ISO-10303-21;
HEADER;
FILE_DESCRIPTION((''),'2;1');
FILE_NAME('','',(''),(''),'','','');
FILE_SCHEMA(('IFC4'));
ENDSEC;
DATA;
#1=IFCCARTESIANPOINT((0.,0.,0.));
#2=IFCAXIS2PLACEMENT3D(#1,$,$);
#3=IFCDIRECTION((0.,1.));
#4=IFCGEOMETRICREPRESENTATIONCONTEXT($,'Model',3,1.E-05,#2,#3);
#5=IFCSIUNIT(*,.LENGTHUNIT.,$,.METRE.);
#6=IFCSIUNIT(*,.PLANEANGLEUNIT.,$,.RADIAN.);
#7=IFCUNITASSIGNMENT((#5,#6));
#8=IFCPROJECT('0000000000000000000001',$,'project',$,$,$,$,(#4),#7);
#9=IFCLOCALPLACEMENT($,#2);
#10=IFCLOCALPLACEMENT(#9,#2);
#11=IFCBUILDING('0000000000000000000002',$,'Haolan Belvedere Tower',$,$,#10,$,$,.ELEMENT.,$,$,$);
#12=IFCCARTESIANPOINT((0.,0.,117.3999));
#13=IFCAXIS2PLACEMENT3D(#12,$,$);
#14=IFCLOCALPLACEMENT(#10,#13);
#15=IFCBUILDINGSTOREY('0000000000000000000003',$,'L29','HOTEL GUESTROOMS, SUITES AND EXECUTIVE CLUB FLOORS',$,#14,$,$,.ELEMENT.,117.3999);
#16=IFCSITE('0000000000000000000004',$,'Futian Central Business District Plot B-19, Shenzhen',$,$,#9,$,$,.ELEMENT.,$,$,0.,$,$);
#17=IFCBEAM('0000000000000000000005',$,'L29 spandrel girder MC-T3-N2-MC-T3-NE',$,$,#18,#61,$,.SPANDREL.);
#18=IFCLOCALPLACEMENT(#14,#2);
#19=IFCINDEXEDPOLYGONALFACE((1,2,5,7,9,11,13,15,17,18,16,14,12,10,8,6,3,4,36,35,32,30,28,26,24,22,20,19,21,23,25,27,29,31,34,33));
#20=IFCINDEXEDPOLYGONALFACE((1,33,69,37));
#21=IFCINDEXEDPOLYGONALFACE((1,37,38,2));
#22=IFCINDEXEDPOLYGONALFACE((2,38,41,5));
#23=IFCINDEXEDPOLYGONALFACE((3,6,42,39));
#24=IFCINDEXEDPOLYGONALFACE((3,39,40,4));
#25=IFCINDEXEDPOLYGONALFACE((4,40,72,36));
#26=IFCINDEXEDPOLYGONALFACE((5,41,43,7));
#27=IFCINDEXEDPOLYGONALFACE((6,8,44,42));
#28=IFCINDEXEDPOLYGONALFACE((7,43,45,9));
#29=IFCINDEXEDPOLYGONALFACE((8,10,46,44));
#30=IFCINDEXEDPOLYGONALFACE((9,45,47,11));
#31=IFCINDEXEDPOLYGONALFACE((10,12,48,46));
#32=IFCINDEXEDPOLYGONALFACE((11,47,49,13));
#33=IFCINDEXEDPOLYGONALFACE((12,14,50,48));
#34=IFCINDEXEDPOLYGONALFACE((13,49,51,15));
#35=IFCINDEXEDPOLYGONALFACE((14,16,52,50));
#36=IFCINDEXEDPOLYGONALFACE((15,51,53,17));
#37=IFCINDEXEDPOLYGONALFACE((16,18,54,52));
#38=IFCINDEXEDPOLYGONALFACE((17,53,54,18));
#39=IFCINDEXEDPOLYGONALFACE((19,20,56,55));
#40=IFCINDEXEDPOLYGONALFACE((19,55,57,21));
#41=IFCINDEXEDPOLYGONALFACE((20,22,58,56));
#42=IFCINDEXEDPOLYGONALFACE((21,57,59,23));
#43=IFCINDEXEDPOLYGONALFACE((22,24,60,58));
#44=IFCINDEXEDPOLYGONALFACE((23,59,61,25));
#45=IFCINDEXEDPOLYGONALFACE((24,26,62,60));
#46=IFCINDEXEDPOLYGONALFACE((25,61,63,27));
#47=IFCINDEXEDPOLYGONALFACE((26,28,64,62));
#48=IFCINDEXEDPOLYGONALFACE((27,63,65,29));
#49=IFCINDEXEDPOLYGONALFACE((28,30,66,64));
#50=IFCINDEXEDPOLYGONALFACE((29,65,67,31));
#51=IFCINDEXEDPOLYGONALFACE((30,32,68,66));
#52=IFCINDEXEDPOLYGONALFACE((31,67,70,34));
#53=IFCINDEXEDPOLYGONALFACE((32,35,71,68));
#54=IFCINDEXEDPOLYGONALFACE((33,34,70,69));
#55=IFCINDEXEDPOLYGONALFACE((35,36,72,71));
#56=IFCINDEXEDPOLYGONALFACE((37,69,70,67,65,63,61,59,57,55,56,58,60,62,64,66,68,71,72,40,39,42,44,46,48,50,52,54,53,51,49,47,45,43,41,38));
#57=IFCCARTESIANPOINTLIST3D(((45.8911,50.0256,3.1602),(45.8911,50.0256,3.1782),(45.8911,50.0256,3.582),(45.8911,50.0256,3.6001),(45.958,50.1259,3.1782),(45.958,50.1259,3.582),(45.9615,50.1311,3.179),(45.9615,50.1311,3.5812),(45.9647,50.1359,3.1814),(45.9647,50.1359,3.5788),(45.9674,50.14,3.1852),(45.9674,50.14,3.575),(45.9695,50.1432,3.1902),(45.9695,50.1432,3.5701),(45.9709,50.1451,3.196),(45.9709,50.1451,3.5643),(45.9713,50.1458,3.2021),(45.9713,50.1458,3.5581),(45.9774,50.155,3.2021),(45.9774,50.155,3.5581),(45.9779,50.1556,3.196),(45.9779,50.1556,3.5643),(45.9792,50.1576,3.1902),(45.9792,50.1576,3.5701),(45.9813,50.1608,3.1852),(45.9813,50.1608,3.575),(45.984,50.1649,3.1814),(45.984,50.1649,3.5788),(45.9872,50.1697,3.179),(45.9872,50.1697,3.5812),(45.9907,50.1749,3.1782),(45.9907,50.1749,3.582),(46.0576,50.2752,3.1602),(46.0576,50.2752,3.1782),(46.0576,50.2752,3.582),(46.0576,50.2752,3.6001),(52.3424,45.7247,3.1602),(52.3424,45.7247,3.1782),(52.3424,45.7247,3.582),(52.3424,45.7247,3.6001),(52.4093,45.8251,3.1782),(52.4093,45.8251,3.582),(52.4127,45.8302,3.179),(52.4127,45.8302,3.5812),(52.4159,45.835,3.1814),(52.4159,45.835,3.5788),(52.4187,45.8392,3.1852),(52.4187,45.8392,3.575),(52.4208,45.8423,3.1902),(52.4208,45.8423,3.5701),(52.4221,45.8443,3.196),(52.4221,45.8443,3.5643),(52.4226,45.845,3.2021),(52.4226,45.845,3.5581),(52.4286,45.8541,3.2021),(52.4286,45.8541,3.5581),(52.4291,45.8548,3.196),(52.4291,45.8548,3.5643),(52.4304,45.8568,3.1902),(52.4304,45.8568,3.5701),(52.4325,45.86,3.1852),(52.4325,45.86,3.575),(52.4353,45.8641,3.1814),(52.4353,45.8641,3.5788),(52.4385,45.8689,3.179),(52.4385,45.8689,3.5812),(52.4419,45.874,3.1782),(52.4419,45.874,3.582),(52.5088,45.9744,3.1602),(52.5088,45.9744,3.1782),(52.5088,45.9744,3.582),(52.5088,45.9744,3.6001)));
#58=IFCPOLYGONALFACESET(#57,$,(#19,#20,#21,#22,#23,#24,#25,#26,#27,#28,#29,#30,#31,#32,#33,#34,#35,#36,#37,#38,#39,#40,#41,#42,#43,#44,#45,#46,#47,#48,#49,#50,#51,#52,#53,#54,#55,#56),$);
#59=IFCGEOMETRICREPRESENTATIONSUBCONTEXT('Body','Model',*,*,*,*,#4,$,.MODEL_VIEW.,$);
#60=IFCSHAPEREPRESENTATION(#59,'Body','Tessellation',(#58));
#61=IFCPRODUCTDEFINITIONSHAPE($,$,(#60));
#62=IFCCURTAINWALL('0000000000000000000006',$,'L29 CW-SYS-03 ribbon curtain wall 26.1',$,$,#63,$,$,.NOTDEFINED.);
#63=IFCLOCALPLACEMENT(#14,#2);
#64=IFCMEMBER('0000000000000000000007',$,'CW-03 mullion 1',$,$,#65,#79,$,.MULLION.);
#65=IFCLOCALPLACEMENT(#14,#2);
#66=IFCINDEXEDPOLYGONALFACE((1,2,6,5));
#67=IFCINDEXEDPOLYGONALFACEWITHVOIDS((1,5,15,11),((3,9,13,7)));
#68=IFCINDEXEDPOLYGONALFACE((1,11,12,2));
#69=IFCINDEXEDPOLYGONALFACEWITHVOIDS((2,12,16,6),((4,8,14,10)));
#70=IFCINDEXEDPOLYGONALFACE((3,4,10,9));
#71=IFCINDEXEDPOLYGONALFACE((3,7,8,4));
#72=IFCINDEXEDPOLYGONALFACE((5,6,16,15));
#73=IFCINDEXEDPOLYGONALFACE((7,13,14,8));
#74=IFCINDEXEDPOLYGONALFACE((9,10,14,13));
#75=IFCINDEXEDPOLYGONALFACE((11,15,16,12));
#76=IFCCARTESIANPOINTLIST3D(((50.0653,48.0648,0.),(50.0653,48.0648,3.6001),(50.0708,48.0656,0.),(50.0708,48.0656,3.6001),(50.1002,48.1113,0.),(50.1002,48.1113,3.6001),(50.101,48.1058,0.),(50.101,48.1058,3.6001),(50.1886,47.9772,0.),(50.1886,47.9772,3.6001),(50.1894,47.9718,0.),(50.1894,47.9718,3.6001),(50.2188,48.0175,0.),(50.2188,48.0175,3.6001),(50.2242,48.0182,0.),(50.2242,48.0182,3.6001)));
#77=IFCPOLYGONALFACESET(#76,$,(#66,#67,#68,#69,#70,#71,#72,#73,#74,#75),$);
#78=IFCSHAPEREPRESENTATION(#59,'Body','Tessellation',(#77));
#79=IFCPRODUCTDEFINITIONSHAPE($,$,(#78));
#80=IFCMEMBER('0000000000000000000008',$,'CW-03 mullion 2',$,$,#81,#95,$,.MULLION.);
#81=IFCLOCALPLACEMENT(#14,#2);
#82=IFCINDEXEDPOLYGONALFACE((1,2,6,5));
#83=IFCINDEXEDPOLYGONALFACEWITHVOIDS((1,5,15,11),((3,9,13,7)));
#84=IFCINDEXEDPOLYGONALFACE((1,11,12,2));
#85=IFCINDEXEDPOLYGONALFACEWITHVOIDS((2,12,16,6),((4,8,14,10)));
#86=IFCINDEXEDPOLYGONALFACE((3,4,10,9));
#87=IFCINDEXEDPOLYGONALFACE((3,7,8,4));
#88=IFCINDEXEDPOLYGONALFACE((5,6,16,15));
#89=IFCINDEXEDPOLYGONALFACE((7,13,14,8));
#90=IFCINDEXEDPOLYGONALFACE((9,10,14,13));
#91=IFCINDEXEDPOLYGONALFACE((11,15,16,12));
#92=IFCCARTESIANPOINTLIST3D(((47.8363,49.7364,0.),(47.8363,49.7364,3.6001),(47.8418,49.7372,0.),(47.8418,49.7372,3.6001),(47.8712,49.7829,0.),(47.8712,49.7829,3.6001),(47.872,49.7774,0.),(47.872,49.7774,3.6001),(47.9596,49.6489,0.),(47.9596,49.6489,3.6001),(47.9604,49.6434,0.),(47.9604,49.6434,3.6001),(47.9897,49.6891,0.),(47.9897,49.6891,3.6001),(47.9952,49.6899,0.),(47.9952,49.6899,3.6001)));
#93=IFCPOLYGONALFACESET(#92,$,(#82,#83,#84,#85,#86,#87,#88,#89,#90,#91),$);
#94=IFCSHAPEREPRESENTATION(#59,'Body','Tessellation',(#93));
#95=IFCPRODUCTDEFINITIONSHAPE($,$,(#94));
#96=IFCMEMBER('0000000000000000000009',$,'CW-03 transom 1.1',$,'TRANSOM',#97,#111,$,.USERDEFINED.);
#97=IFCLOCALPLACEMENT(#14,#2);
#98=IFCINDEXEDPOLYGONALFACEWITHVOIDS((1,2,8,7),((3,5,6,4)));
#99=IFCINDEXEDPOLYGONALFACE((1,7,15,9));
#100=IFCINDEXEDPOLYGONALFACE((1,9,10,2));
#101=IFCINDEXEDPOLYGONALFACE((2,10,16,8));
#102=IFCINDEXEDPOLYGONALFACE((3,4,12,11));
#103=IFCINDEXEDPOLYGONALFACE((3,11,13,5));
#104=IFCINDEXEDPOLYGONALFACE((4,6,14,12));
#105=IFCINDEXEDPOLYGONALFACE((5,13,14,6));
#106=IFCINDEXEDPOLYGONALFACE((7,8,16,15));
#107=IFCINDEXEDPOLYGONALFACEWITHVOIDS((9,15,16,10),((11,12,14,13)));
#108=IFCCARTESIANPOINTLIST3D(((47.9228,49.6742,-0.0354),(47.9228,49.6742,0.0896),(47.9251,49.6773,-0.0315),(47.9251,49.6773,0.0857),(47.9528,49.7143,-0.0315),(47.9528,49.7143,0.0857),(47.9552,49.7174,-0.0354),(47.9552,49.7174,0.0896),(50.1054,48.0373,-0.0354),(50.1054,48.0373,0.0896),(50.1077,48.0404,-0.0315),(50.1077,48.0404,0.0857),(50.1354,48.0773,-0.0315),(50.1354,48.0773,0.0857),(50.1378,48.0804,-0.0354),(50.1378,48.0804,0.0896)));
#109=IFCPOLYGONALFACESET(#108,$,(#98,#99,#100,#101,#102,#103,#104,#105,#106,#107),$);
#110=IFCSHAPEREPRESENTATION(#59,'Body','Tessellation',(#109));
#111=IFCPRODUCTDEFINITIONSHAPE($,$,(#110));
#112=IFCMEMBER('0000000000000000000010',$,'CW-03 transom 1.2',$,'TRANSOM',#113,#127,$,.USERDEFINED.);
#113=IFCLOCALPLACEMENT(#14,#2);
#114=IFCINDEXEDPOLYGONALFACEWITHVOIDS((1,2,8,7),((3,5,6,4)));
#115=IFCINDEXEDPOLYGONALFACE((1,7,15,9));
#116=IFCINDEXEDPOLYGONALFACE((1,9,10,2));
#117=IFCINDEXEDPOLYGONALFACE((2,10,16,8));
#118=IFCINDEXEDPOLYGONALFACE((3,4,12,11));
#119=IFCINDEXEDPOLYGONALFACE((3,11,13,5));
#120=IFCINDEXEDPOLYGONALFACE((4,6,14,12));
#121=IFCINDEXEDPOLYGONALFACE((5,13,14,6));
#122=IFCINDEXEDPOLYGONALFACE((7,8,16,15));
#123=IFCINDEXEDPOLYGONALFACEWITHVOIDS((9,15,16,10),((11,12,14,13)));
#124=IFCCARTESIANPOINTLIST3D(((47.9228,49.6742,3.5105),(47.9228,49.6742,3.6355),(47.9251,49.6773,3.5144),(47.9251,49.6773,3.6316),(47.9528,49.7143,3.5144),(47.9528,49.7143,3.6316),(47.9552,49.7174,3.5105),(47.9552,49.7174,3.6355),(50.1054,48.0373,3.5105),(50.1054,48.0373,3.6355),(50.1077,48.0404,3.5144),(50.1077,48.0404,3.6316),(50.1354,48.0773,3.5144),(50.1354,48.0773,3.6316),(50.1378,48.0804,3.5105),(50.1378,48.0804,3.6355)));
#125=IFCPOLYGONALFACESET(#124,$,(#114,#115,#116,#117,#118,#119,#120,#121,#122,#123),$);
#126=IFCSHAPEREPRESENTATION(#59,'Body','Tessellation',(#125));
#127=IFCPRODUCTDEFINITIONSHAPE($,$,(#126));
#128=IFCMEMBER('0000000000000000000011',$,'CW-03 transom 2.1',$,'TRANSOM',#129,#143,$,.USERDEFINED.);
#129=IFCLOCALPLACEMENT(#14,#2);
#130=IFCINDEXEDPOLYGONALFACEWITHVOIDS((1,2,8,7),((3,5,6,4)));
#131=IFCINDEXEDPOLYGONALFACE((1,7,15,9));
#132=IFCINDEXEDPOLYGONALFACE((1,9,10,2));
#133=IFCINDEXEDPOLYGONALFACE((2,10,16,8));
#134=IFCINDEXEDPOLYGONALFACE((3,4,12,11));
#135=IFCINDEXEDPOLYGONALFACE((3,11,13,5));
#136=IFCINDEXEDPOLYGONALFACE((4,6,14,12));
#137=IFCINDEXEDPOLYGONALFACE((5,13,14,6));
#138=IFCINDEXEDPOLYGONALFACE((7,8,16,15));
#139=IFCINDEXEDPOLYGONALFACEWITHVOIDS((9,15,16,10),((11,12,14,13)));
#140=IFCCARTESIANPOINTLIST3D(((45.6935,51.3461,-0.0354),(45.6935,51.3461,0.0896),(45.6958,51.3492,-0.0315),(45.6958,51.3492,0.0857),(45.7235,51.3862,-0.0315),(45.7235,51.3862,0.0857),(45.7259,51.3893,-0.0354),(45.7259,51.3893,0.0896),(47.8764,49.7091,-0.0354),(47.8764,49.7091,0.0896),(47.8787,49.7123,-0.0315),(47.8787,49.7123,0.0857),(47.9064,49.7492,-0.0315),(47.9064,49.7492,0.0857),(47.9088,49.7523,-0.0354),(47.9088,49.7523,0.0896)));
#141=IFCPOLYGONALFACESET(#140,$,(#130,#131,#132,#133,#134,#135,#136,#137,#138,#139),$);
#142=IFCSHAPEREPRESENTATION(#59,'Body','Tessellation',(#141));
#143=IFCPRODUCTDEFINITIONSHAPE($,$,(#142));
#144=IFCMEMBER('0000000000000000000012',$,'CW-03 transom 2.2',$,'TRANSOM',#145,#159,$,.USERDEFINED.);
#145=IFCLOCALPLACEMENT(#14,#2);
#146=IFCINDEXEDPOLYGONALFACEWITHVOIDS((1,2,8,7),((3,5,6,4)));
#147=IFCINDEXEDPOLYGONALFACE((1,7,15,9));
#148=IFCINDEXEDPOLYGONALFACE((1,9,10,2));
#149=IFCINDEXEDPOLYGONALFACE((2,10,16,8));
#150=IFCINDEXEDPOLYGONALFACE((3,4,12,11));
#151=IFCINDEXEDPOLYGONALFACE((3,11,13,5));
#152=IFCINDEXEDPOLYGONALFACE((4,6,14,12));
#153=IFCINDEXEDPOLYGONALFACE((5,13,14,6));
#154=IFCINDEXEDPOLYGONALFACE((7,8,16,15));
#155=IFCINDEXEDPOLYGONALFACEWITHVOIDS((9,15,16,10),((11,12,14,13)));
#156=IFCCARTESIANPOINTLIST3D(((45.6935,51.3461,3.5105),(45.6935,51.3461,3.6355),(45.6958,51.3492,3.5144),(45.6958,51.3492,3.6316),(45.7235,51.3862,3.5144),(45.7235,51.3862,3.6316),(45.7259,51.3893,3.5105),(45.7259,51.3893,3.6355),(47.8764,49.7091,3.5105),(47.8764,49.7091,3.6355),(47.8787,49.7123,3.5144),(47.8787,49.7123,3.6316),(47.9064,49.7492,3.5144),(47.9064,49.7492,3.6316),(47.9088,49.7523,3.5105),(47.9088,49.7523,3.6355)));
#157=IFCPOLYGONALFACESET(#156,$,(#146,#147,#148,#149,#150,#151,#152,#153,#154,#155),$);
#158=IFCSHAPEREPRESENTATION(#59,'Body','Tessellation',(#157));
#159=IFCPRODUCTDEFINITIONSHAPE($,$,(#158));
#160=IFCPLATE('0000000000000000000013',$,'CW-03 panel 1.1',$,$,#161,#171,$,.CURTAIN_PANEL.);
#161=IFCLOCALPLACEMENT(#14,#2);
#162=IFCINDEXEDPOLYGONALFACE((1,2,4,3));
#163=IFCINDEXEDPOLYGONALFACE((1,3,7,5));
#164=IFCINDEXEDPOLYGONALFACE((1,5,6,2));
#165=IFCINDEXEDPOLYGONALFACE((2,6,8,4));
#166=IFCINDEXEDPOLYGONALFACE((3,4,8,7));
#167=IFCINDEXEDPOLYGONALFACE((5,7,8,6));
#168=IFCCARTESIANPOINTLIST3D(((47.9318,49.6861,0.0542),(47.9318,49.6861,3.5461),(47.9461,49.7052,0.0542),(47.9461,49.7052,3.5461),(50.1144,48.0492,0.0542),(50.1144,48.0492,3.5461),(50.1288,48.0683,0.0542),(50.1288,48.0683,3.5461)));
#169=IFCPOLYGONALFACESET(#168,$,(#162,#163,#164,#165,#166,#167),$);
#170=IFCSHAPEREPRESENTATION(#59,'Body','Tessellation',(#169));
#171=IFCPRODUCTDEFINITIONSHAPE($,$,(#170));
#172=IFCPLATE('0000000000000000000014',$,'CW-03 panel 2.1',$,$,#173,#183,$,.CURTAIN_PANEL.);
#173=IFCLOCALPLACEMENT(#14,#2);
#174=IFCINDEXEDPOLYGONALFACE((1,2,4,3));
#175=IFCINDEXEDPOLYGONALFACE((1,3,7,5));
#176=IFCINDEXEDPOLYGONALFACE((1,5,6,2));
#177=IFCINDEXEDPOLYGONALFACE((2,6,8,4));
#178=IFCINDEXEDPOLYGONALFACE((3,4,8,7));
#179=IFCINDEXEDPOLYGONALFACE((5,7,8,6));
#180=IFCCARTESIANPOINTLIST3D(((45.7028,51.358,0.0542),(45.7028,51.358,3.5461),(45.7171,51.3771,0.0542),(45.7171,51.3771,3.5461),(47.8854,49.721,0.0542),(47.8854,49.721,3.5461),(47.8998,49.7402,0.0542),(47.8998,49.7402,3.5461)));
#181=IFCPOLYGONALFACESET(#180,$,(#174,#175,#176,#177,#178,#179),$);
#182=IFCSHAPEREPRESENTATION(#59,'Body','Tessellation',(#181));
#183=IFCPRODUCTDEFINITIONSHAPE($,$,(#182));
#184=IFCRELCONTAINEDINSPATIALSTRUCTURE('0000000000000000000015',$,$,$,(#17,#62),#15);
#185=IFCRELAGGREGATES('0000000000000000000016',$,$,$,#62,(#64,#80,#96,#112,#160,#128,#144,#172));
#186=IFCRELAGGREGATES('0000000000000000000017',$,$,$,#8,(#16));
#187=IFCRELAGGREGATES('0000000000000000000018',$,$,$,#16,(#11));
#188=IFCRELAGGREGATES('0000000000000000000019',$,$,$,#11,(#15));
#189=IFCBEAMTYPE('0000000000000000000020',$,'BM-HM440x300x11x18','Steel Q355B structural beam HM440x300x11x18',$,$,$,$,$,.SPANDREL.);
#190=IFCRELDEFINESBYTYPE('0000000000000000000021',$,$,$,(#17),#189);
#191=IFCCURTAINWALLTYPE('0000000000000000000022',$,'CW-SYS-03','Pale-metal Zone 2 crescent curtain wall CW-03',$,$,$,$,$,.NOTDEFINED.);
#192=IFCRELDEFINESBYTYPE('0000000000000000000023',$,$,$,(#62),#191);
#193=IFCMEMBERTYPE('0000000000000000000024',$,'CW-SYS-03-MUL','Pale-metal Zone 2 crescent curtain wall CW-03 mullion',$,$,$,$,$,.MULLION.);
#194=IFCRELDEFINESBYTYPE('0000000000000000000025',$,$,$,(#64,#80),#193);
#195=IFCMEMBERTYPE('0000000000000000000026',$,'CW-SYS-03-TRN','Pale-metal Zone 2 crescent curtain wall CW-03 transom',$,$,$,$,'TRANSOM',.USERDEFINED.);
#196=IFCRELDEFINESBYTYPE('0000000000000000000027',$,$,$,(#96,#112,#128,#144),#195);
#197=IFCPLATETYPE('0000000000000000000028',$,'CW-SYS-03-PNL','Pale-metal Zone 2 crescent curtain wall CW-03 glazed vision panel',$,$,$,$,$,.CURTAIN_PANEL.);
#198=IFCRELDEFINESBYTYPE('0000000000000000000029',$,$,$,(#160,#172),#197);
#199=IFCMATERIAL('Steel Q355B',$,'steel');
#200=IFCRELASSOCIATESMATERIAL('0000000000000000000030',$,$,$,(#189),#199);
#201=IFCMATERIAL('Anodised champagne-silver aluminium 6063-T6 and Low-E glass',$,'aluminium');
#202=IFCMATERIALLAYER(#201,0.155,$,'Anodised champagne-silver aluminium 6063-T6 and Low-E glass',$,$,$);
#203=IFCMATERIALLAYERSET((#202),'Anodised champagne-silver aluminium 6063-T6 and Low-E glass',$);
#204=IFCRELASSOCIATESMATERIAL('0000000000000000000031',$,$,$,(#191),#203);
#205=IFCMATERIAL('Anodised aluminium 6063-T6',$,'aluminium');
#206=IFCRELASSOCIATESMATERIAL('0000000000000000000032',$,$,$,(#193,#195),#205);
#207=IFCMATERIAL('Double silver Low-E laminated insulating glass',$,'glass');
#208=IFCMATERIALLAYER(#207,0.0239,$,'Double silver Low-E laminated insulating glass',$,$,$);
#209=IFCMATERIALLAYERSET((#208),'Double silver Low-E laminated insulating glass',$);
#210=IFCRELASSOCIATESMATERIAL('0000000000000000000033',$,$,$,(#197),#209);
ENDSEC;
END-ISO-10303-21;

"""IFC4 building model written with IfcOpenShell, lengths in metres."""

from ifc_helpers import new_model, si_unit, direction, frame, origin, origin_2d, place, context, subcontext, project, spatial, rectangle, hollow_rectangle, i_section, extrude, material, layer, layer_set, material_profile, profile_set, type_object, element, aggregate, save


model = new_model("IFC4")

# Units and contexts
model_context = context("Model", 3, precision=1e-05, world=origin(), true_north=direction((0.0, 1.0)))
body_context = subcontext(model_context, "Body", "Model", "MODEL_VIEW")
ifc_project = project(units=[si_unit("LENGTHUNIT", "METRE"), si_unit("PLANEANGLEUNIT", "RADIAN")], contexts=[model_context])

# Site, building, storey
site_placement = place(None, origin())
site = spatial("IfcSite", under=ifc_project, at=site_placement, Name="Futian Central Business District Plot B-19, Shenzhen", CompositionType="ELEMENT", RefElevation=0.0)
building_placement = place(site_placement, origin())
building = spatial("IfcBuilding", under=site, at=building_placement, Name="Haolan Belvedere Tower", CompositionType="ELEMENT")
storey_placement = place(building_placement, frame((0.0, 0.0, 117.3999)))
storey = spatial("IfcBuildingStorey", under=building, at=storey_placement, Name="L29", Description="HOTEL GUESTROOMS, SUITES AND EXECUTIVE CLUB FLOORS", CompositionType="ELEMENT", Elevation=117.3999)

# Beam
ifc_material_1 = material(Name="Steel Q355B", Category="steel")
ifc_material_profile_1 = material_profile(ifc_material_1, i_section(OverallWidth=0.3, OverallDepth=0.4399, WebThickness=0.011, FlangeThickness=0.0181, FilletRadius=0.0239, at=origin_2d()), Name="Steel Q355B")
ifc_profile_set_1 = profile_set([ifc_material_profile_1], Name="Steel Q355B")
beam_type = type_object("IfcBeamType", Name="BM-HM440x300x11x18", Description="Steel Q355B structural beam HM440x300x11x18", PredefinedType="SPANDREL", material=ifc_profile_set_1)
beam_placement = place(storey_placement, frame((45.9744, 50.1504, 3.3801), z_axis=(0.83205, -0.5547, 0.0), x_axis=(0.5547, 0.83205, 0.0)))
element("IfcBeam", 1, at=beam_placement, inside=storey, type_object=beam_type, Name="L29 spandrel girder MC-T3-N2-MC-T3-NE", PredefinedType="SPANDREL", context=body_context, shape_type="SweptSolid", body=[
    extrude(i_section(OverallWidth=0.3, OverallDepth=0.4399, WebThickness=0.011, FlangeThickness=0.0181, FilletRadius=0.0239, at=origin_2d()), origin(), (0.0, 0.0, 1.0), 7.7534),
])

# Curtain wall, members, plates
ifc_material_2 = material(Name="Anodised champagne-silver aluminium 6063-T6 and Low-E glass", Category="aluminium")
ifc_layer_1 = layer(ifc_material_2, 0.155, Name="Anodised champagne-silver aluminium 6063-T6 and Low-E glass")
ifc_layer_set_1 = layer_set([ifc_layer_1], Name="Anodised champagne-silver aluminium 6063-T6 and Low-E glass")
curtain_wall_type = type_object("IfcCurtainWallType", Name="CW-SYS-03", Description="Pale-metal Zone 2 crescent curtain wall CW-03", PredefinedType="NOTDEFINED", material=ifc_layer_set_1)
curtain_wall_placement = place(storey_placement, origin())
curtain_wall = element("IfcCurtainWall", 2, at=curtain_wall_placement, inside=storey, type_object=curtain_wall_type, Name="L29 CW-SYS-03 ribbon curtain wall 26.1", PredefinedType="NOTDEFINED")
ifc_material_3 = material(Name="Anodised aluminium 6063-T6", Category="aluminium")
ifc_material_profile_2 = material_profile(ifc_material_3, hollow_rectangle(XDim=0.0581, YDim=0.155, WallThickness=0.0039, at=origin_2d()), Name="Anodised aluminium 6063-T6")
ifc_profile_set_2 = profile_set([ifc_material_profile_2], Name="Anodised aluminium 6063-T6")
member_type_1 = type_object("IfcMemberType", Name="CW-SYS-03-MUL", Description="Pale-metal Zone 2 crescent curtain wall CW-03 mullion", PredefinedType="MULLION", material=ifc_profile_set_2)
member_1_placement = place(storey_placement, frame((50.1448, 48.0415, 0.0), z_axis=(0.0, 0.0, 1.0), x_axis=(-0.599994, -0.800004, 0.0)))
member_1 = element("IfcMember", 3, at=member_1_placement, type_object=member_type_1, Name="CW-03 mullion 1", PredefinedType="MULLION", context=body_context, shape_type="SweptSolid", body=[
    extrude(hollow_rectangle(XDim=0.0581, YDim=0.155, WallThickness=0.0039, at=origin_2d()), origin(), (0.0, 0.0, 1.0), 3.6001),
])
member_2_placement = place(storey_placement, frame((47.9158, 49.7131, 0.0), z_axis=(0.0, 0.0, 1.0), x_axis=(-0.599994, -0.800004, 0.0)))
member_2 = element("IfcMember", 4, at=member_2_placement, type_object=member_type_1, Name="CW-03 mullion 2", PredefinedType="MULLION", context=body_context, shape_type="SweptSolid", body=[
    extrude(hollow_rectangle(XDim=0.0581, YDim=0.155, WallThickness=0.0039, at=origin_2d()), origin(), (0.0, 0.0, 1.0), 3.6001),
])
ifc_material_profile_3 = material_profile(ifc_material_3, hollow_rectangle(XDim=0.054, YDim=0.125, WallThickness=0.0039, at=origin_2d()), Name="Anodised aluminium 6063-T6")
ifc_profile_set_3 = profile_set([ifc_material_profile_3], Name="Anodised aluminium 6063-T6")
member_type_2 = type_object("IfcMemberType", Name="CW-SYS-03-TRN", Description="Pale-metal Zone 2 crescent curtain wall CW-03 transom", ElementType="TRANSOM", PredefinedType="USERDEFINED", material=ifc_profile_set_3)
member_3_placement = place(storey_placement, frame((50.1216, 48.0588, 0.0271), z_axis=(-0.8, 0.6, 0.0), x_axis=(-0.6, -0.8, 0.0)))
member_3 = element("IfcMember", 5, at=member_3_placement, type_object=member_type_2, Name="CW-03 transom 1.1", ObjectType="TRANSOM", PredefinedType="USERDEFINED", context=body_context, shape_type="SweptSolid", body=[
    extrude(hollow_rectangle(XDim=0.054, YDim=0.125, WallThickness=0.0039, at=origin_2d()), origin(), (0.0, 0.0, 1.0), 2.7283),
])
member_4_placement = place(storey_placement, frame((50.1216, 48.0588, 3.573), z_axis=(-0.8, 0.6, 0.0), x_axis=(-0.6, -0.8, 0.0)))
member_4 = element("IfcMember", 6, at=member_4_placement, type_object=member_type_2, Name="CW-03 transom 1.2", ObjectType="TRANSOM", PredefinedType="USERDEFINED", context=body_context, shape_type="SweptSolid", body=[
    extrude(hollow_rectangle(XDim=0.054, YDim=0.125, WallThickness=0.0039, at=origin_2d()), origin(), (0.0, 0.0, 1.0), 2.7283),
])
member_5_placement = place(storey_placement, frame((47.8926, 49.7307, 0.0271), z_axis=(-0.800032, 0.599957, 0.0), x_axis=(-0.599957, -0.800032, 0.0)))
member_5 = element("IfcMember", 7, at=member_5_placement, type_object=member_type_2, Name="CW-03 transom 2.1", ObjectType="TRANSOM", PredefinedType="USERDEFINED", context=body_context, shape_type="SweptSolid", body=[
    extrude(hollow_rectangle(XDim=0.054, YDim=0.125, WallThickness=0.0039, at=origin_2d()), origin(), (0.0, 0.0, 1.0), 2.7285),
])
member_6_placement = place(storey_placement, frame((47.8926, 49.7307, 3.573), z_axis=(-0.800032, 0.599957, 0.0), x_axis=(-0.599957, -0.800032, 0.0)))
member_6 = element("IfcMember", 8, at=member_6_placement, type_object=member_type_2, Name="CW-03 transom 2.2", ObjectType="TRANSOM", PredefinedType="USERDEFINED", context=body_context, shape_type="SweptSolid", body=[
    extrude(hollow_rectangle(XDim=0.054, YDim=0.125, WallThickness=0.0039, at=origin_2d()), origin(), (0.0, 0.0, 1.0), 2.7285),
])
ifc_material_4 = material(Name="Double silver Low-E laminated insulating glass", Category="glass")
ifc_layer_2 = layer(ifc_material_4, 0.0239, Name="Double silver Low-E laminated insulating glass")
ifc_layer_set_2 = layer_set([ifc_layer_2], Name="Double silver Low-E laminated insulating glass")
plate_type = type_object("IfcPlateType", Name="CW-SYS-03-PNL", Description="Pale-metal Zone 2 crescent curtain wall CW-03 glazed vision panel", PredefinedType="CURTAIN_PANEL", material=ifc_layer_set_2)
plate_1_placement = place(storey_placement, frame((49.0303, 48.8772, 0.0542), z_axis=(0.0, 0.0, 1.0), x_axis=(-0.800004, 0.599994, 0.0)))
plate_1 = element("IfcPlate", 9, at=plate_1_placement, type_object=plate_type, Name="CW-03 panel 1.1", PredefinedType="CURTAIN_PANEL", context=body_context, shape_type="SweptSolid", body=[
    extrude(rectangle(XDim=2.7283, YDim=0.0239, at=origin_2d()), origin(), (0.0, 0.0, 1.0), 3.4919),
])
plate_2_placement = place(storey_placement, frame((46.8013, 50.5491, 0.0542), z_axis=(0.0, 0.0, 1.0), x_axis=(-0.800004, 0.599994, 0.0)))
plate_2 = element("IfcPlate", 10, at=plate_2_placement, type_object=plate_type, Name="CW-03 panel 2.1", PredefinedType="CURTAIN_PANEL", context=body_context, shape_type="SweptSolid", body=[
    extrude(rectangle(XDim=2.7283, YDim=0.0239, at=origin_2d()), origin(), (0.0, 0.0, 1.0), 3.4919),
])
aggregate(curtain_wall, [member_1, member_2, member_3, member_4, plate_1, member_5, member_6, plate_2])

save(model, "model.ifc")
